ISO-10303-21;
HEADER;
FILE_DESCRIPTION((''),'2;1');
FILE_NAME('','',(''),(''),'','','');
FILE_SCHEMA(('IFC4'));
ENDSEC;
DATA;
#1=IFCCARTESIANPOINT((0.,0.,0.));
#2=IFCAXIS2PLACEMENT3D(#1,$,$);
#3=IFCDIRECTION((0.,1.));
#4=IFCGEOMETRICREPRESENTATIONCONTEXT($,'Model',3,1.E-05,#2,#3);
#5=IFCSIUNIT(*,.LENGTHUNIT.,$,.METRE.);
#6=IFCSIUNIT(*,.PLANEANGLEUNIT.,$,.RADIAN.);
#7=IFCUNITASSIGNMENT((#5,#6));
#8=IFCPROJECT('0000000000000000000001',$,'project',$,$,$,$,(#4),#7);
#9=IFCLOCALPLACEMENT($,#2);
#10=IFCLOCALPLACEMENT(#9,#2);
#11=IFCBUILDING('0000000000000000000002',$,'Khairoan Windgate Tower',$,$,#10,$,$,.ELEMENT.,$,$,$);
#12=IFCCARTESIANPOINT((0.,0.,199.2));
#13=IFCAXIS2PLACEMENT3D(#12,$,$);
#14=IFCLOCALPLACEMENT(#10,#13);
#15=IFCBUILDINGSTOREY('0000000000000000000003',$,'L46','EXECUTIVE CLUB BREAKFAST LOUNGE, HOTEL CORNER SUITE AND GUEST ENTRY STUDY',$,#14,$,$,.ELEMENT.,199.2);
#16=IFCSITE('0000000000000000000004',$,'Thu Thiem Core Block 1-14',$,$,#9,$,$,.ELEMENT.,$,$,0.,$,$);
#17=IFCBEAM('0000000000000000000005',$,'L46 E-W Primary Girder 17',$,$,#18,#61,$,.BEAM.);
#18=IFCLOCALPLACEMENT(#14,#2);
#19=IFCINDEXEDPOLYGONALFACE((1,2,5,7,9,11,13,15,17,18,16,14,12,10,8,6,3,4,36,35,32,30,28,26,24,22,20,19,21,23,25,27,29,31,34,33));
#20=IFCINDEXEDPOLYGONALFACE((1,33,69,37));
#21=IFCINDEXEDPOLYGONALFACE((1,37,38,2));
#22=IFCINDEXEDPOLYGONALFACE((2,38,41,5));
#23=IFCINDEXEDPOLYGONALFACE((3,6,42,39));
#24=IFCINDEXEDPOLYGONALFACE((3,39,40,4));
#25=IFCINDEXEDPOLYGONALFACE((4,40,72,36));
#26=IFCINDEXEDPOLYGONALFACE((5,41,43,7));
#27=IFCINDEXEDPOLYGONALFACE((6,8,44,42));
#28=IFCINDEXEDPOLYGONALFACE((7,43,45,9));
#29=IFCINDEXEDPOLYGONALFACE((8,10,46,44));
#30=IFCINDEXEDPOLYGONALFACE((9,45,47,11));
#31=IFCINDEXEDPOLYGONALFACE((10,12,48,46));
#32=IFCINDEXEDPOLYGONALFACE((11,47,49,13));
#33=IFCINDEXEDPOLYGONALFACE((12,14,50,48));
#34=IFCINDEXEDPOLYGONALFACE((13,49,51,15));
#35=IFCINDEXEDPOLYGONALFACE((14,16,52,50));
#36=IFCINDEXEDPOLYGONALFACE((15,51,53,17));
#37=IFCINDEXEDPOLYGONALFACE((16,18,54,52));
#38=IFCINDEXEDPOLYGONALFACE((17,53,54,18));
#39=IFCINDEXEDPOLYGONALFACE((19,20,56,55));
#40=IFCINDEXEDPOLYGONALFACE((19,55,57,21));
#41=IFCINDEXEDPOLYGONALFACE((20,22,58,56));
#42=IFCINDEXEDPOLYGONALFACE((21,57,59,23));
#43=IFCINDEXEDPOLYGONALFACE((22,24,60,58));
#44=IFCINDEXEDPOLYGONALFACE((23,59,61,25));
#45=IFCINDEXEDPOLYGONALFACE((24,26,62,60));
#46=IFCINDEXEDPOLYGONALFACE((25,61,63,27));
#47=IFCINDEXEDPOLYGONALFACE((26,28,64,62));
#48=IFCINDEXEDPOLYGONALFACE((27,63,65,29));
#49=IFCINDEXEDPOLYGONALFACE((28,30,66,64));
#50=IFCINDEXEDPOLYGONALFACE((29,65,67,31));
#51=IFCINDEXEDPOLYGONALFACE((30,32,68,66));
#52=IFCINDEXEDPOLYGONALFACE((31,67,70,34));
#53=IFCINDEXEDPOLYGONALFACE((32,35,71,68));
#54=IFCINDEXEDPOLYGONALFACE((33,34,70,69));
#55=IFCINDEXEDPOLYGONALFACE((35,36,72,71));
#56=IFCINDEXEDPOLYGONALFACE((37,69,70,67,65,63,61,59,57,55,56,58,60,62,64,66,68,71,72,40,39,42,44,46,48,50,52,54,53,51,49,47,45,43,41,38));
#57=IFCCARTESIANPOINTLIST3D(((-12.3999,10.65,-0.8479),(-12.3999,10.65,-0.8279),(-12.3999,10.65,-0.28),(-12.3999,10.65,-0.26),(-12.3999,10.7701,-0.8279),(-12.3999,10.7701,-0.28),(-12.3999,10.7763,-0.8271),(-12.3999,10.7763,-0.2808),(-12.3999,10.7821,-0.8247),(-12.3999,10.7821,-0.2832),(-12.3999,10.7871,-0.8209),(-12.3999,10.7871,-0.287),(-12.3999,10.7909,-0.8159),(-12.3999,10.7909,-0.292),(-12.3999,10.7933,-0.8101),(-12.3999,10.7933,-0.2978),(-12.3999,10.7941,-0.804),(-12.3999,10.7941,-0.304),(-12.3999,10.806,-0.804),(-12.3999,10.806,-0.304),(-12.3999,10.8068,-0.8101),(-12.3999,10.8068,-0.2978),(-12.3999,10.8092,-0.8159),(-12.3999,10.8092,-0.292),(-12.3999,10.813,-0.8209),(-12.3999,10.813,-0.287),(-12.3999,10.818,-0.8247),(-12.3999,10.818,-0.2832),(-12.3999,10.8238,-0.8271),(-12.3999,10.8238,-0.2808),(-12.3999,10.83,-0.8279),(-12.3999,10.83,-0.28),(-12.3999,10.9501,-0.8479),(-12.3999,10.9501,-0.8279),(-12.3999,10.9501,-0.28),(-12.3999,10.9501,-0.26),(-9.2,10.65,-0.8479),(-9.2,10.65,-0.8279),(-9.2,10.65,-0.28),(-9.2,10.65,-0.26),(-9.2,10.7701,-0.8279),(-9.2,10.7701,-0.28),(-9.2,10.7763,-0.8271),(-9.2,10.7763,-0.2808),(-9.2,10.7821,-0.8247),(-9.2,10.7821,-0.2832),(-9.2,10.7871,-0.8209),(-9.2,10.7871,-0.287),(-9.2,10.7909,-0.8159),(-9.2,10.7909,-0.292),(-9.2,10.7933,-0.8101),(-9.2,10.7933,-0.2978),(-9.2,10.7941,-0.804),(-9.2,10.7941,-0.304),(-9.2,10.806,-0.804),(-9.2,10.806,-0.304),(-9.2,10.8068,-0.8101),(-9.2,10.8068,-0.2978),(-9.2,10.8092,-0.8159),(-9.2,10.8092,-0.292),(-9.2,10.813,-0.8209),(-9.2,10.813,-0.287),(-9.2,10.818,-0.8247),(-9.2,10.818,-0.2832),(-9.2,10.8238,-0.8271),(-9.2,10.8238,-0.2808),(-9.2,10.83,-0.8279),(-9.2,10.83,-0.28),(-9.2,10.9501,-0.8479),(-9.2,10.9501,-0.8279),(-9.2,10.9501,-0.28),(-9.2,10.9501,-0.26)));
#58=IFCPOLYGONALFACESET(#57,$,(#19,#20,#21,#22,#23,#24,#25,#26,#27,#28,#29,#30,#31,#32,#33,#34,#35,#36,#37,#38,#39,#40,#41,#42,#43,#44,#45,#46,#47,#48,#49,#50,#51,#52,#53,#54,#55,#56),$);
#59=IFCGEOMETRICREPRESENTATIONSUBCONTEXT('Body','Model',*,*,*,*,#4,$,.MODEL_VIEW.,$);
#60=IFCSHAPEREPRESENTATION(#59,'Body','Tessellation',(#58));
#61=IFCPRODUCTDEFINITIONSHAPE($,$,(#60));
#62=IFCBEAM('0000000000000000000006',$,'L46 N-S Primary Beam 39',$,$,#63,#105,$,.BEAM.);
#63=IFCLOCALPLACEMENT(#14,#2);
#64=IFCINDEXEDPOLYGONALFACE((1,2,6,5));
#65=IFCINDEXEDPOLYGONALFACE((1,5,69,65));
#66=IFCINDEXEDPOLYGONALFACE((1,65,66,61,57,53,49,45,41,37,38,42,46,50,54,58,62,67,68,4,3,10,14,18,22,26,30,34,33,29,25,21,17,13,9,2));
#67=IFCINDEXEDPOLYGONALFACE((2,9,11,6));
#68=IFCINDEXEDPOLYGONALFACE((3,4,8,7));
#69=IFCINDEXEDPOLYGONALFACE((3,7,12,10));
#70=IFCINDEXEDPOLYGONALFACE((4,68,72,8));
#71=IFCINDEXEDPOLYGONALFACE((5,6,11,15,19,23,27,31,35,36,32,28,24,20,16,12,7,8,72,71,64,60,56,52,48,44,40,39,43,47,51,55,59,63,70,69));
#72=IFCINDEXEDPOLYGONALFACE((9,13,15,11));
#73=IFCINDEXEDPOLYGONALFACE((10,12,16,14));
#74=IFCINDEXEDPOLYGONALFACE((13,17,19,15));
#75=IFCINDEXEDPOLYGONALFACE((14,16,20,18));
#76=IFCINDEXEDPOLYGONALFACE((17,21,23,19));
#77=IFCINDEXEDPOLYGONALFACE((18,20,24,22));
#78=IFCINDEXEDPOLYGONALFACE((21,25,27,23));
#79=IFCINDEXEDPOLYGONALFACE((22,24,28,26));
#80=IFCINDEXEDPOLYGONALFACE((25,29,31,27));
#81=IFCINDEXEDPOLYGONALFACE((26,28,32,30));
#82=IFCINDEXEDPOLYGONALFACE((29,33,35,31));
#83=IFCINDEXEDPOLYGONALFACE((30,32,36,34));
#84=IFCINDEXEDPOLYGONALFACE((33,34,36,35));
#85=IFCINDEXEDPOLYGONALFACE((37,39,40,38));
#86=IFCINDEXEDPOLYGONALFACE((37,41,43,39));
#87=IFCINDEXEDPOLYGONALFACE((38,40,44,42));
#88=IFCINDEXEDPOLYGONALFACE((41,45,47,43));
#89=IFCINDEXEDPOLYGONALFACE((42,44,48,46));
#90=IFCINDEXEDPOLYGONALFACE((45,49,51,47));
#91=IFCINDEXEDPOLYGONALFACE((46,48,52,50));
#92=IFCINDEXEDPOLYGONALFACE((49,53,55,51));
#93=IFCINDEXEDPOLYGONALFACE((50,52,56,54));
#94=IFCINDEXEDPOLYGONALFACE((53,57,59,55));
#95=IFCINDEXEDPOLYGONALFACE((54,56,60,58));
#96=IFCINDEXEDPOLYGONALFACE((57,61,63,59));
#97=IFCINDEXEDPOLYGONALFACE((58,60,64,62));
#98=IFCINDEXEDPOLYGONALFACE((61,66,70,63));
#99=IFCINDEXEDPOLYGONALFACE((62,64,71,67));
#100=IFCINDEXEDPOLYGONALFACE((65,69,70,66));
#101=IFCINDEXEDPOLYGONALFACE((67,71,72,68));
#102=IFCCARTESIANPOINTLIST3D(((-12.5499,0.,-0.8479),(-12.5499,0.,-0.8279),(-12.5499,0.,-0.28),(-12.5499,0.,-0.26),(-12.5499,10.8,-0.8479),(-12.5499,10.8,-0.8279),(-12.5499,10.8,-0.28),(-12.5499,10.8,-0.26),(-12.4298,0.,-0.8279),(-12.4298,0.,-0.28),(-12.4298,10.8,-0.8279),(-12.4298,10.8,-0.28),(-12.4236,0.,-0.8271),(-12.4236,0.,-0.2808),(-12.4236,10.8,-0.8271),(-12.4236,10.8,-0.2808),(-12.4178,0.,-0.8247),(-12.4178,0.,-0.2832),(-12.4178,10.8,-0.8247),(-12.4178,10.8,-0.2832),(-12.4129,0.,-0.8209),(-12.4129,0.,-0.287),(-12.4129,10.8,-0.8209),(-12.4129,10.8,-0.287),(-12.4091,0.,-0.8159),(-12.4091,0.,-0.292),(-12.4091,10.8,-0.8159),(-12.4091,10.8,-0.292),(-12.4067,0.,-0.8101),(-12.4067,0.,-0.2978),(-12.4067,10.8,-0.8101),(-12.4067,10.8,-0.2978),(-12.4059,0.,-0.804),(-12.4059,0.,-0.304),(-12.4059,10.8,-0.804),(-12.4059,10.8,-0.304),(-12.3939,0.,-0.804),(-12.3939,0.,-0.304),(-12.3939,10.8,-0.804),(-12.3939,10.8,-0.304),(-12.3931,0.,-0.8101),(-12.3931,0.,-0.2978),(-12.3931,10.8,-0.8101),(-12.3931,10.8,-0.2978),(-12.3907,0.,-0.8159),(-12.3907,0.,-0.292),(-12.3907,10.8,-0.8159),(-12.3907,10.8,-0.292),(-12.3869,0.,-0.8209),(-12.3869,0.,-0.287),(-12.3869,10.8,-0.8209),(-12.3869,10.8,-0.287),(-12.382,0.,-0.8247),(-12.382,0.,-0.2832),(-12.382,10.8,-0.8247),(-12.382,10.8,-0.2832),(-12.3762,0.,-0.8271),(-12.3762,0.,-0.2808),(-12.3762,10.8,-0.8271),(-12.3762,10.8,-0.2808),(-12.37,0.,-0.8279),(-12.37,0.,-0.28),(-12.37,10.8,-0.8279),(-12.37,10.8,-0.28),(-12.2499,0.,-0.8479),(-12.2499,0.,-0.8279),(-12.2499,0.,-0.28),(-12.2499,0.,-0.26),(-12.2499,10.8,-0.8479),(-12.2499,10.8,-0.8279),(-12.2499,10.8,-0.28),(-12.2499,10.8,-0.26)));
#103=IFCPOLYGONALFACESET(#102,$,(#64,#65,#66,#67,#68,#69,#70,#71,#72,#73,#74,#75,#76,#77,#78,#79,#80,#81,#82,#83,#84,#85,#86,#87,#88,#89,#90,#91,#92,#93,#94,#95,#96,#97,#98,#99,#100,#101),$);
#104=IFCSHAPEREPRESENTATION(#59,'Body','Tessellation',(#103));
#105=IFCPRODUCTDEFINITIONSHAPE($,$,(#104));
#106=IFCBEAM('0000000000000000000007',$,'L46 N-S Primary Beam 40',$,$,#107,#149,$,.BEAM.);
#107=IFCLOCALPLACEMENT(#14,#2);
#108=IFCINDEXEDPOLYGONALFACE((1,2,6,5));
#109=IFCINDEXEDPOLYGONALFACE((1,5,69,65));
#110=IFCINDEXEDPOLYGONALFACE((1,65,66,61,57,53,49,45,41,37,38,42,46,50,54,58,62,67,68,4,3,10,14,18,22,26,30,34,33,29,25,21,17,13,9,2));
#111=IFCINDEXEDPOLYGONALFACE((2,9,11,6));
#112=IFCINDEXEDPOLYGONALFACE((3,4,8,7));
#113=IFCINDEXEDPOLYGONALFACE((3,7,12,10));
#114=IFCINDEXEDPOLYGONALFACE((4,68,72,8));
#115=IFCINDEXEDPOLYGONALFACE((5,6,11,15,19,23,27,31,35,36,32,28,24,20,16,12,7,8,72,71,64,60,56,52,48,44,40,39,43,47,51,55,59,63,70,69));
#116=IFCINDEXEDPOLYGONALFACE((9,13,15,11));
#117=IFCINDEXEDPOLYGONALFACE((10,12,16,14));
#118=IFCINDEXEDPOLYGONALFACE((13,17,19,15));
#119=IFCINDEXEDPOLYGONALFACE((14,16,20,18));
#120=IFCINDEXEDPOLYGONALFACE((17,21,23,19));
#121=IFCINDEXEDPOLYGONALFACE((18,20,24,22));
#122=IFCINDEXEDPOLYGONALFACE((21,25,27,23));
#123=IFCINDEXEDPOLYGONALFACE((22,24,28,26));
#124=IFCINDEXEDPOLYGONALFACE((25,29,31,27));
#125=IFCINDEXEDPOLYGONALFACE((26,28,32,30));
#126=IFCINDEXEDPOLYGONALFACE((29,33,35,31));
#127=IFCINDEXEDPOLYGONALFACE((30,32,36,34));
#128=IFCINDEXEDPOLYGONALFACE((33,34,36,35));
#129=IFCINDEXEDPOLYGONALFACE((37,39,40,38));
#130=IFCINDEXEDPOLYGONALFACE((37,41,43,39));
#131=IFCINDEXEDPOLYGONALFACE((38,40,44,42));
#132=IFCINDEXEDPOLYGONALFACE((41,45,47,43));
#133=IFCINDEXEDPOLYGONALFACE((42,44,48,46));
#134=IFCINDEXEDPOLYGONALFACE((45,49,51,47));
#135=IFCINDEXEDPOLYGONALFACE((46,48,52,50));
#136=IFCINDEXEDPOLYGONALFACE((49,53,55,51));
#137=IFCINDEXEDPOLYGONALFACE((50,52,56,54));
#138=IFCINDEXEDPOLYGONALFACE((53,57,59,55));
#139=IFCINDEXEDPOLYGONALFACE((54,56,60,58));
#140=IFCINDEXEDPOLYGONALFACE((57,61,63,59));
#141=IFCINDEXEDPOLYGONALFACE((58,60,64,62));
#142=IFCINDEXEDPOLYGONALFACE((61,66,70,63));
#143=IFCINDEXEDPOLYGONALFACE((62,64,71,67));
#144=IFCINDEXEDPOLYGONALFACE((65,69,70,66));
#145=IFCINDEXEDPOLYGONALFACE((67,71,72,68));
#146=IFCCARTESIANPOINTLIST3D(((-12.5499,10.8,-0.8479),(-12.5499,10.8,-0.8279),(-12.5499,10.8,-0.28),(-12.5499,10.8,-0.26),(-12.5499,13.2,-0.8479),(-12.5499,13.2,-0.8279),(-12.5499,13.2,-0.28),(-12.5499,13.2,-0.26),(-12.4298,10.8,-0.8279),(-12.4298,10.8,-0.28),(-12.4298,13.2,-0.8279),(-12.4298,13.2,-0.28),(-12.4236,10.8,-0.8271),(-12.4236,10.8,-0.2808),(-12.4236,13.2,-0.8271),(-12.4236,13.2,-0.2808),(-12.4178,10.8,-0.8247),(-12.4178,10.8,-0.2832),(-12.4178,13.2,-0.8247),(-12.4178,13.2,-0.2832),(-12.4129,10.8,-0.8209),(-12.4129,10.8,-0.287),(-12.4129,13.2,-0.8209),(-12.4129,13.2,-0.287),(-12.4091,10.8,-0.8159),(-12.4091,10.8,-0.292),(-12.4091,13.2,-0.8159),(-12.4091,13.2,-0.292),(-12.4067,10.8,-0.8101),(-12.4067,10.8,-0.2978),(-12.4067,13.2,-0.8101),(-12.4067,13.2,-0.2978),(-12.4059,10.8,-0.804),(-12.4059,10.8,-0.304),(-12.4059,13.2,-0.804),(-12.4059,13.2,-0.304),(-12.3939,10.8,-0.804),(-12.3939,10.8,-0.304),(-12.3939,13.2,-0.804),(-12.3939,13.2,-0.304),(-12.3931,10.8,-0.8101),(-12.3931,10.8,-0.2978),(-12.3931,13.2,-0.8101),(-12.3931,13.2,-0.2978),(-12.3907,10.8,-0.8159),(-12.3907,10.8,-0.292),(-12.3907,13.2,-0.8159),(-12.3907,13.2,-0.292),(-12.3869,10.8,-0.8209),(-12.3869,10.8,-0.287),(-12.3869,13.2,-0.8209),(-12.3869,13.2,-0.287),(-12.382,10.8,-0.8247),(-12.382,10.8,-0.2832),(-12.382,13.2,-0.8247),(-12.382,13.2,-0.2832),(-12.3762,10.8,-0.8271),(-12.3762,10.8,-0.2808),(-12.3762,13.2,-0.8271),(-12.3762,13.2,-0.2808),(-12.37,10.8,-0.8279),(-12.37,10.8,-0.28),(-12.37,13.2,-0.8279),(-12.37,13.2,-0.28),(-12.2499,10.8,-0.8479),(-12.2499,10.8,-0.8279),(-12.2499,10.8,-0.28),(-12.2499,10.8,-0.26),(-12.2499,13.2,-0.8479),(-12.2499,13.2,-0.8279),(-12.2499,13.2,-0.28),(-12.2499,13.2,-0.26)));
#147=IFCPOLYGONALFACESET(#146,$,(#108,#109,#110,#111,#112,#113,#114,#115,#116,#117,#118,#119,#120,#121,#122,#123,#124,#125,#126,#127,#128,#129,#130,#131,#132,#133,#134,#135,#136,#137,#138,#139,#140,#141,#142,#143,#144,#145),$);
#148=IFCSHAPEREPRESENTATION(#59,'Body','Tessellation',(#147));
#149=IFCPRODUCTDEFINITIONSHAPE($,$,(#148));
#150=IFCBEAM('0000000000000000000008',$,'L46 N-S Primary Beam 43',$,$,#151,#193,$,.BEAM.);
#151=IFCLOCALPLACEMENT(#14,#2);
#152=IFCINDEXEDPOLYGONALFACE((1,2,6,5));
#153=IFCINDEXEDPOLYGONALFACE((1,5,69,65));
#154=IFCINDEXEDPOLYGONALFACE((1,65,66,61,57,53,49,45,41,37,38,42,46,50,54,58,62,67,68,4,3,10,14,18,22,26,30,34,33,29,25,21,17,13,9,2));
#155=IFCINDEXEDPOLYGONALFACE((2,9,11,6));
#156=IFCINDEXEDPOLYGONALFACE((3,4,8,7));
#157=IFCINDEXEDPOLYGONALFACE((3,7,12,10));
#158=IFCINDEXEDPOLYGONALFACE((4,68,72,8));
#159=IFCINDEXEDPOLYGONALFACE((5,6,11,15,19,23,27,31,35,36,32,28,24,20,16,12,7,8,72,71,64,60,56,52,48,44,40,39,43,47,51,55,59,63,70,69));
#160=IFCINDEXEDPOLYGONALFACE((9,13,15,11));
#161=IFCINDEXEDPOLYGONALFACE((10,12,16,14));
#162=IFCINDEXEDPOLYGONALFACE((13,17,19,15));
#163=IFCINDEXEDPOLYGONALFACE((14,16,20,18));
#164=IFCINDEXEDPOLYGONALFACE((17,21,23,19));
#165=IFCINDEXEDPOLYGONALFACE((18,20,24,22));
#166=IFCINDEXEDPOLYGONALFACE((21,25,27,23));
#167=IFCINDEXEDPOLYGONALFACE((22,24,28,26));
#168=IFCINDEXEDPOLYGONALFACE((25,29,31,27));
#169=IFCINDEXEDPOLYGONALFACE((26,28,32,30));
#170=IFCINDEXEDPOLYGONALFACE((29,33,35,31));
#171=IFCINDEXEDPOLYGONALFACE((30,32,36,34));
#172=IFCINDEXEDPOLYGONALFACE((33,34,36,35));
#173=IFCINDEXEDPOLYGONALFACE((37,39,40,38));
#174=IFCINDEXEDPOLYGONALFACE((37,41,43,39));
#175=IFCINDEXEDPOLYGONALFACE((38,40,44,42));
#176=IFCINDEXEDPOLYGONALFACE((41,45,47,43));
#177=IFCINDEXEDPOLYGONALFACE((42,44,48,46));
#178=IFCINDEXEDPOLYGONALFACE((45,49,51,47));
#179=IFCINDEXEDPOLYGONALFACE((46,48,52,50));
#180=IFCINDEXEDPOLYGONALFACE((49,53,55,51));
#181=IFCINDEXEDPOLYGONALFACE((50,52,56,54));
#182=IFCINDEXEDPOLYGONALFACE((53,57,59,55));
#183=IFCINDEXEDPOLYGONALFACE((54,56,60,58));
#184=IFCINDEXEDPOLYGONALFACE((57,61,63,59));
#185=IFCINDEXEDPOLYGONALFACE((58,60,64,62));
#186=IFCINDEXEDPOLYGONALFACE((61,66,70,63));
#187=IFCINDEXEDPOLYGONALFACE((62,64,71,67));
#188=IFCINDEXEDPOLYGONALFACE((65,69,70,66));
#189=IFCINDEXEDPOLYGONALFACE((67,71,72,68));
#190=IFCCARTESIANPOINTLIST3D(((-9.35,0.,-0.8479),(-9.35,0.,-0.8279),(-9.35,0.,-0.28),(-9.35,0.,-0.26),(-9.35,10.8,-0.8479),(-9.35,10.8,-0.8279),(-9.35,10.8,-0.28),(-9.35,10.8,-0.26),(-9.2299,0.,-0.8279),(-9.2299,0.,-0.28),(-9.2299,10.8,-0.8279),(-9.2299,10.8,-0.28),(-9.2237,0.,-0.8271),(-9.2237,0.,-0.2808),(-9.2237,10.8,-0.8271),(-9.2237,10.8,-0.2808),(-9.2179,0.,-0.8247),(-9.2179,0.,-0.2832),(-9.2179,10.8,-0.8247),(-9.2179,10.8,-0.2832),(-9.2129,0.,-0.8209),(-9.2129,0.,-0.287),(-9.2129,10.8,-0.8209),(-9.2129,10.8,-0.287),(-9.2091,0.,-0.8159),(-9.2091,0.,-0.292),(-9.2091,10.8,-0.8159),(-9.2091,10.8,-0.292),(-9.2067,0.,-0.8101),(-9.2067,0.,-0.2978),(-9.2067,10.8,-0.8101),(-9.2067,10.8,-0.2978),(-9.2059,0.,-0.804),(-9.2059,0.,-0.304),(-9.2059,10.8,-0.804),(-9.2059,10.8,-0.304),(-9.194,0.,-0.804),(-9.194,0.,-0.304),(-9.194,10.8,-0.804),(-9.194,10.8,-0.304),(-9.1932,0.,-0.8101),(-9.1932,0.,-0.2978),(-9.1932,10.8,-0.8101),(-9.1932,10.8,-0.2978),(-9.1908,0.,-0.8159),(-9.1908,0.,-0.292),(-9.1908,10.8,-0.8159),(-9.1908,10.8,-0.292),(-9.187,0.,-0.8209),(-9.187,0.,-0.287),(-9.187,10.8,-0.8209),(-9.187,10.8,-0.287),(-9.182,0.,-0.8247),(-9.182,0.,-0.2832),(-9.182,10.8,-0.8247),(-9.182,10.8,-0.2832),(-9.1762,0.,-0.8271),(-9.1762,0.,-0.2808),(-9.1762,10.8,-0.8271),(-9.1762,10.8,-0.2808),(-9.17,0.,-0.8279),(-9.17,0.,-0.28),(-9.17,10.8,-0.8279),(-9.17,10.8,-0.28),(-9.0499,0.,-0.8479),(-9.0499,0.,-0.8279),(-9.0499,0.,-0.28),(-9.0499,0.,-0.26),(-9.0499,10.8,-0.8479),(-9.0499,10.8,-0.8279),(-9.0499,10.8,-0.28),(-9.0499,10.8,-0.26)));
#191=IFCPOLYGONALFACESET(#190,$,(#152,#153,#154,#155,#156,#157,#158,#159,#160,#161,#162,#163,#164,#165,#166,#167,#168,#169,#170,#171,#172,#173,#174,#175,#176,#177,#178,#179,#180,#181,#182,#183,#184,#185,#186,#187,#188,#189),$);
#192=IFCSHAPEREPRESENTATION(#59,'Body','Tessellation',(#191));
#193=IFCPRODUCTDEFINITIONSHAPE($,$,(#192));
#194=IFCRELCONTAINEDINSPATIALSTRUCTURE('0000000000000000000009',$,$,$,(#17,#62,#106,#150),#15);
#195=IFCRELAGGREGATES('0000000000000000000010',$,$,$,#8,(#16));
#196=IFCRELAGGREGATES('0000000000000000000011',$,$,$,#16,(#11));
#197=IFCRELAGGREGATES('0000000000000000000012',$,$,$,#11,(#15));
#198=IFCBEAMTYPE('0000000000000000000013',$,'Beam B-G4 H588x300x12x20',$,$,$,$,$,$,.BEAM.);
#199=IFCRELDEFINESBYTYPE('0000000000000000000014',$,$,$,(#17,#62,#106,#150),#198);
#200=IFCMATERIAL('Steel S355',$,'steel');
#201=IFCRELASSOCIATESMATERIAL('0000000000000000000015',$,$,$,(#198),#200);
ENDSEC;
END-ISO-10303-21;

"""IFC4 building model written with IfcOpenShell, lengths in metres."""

from ifc_helpers import new_model, si_unit, direction, frame, origin, origin_2d, place, context, subcontext, project, spatial, i_section, extrude, material, material_profile, profile_set, type_object, element, save


model = new_model("IFC4")

# Units and contexts
model_context = context("Model", 3, precision=1e-05, world=origin(), true_north=direction((0.0, 1.0)))
body_context = subcontext(model_context, "Body", "Model", "MODEL_VIEW")
ifc_project = project(units=[si_unit("LENGTHUNIT", "METRE"), si_unit("PLANEANGLEUNIT", "RADIAN")], contexts=[model_context])

# Site, building, storey
site_placement = place(None, origin())
site = spatial("IfcSite", under=ifc_project, at=site_placement, Name="Thu Thiem Core Block 1-14", CompositionType="ELEMENT", RefElevation=0.0)
building_placement = place(site_placement, origin())
building = spatial("IfcBuilding", under=site, at=building_placement, Name="Khairoan Windgate Tower", CompositionType="ELEMENT")
storey_placement = place(building_placement, frame((0.0, 0.0, 199.2)))
storey = spatial("IfcBuildingStorey", under=building, at=storey_placement, Name="L46", Description="EXECUTIVE CLUB BREAKFAST LOUNGE, HOTEL CORNER SUITE AND GUEST ENTRY STUDY", CompositionType="ELEMENT", Elevation=199.2)

# Beams
ifc_material_1 = material(Name="Steel S355", Category="steel")
ifc_material_profile_1 = material_profile(ifc_material_1, i_section(OverallWidth=0.3, OverallDepth=0.5879, WebThickness=0.012, FlangeThickness=0.02, FilletRadius=0.0239, at=origin_2d()))
ifc_profile_set_1 = profile_set([ifc_material_profile_1], Name="Steel S355")
beam_type = type_object("IfcBeamType", Name="Beam B-G4 H588x300x12x20", PredefinedType="BEAM", material=ifc_profile_set_1)
beam_1_placement = place(storey_placement, frame((-12.3999, 10.8, -0.554), z_axis=(1.0, 0.0, 0.0), x_axis=(0.0, 1.0, 0.0)))
element("IfcBeam", 1, at=beam_1_placement, inside=storey, type_object=beam_type, Name="L46 E-W Primary Girder 17", PredefinedType="BEAM", context=body_context, shape_type="SweptSolid", body=[
    extrude(i_section(OverallWidth=0.3, OverallDepth=0.5879, WebThickness=0.012, FlangeThickness=0.02, FilletRadius=0.0239, at=origin_2d()), origin(), (0.0, 0.0, 1.0), 3.2),
])
beam_2_placement = place(storey_placement, frame((-12.3999, 0.0, -0.554), z_axis=(0.0, 1.0, 0.0), x_axis=(-1.0, 0.0, 0.0)))
element("IfcBeam", 2, at=beam_2_placement, inside=storey, type_object=beam_type, Name="L46 N-S Primary Beam 39", PredefinedType="BEAM", context=body_context, shape_type="SweptSolid", body=[
    extrude(i_section(OverallWidth=0.3, OverallDepth=0.5879, WebThickness=0.012, FlangeThickness=0.02, FilletRadius=0.0239, at=origin_2d()), origin(), (0.0, 0.0, 1.0), 10.8),
])
beam_3_placement = place(storey_placement, frame((-12.3999, 10.8, -0.554), z_axis=(0.0, 1.0, 0.0), x_axis=(-1.0, 0.0, 0.0)))
element("IfcBeam", 3, at=beam_3_placement, inside=storey, type_object=beam_type, Name="L46 N-S Primary Beam 40", PredefinedType="BEAM", context=body_context, shape_type="SweptSolid", body=[
    extrude(i_section(OverallWidth=0.3, OverallDepth=0.5879, WebThickness=0.012, FlangeThickness=0.02, FilletRadius=0.0239, at=origin_2d()), origin(), (0.0, 0.0, 1.0), 2.3999),
])
beam_4_placement = place(storey_placement, frame((-9.2, 0.0, -0.554), z_axis=(0.0, 1.0, 0.0), x_axis=(-1.0, 0.0, 0.0)))
element("IfcBeam", 4, at=beam_4_placement, inside=storey, type_object=beam_type, Name="L46 N-S Primary Beam 43", PredefinedType="BEAM", context=body_context, shape_type="SweptSolid", body=[
    extrude(i_section(OverallWidth=0.3, OverallDepth=0.5879, WebThickness=0.012, FlangeThickness=0.02, FilletRadius=0.0239, at=origin_2d()), origin(), (0.0, 0.0, 1.0), 10.8),
])

save(model, "model.ifc")
